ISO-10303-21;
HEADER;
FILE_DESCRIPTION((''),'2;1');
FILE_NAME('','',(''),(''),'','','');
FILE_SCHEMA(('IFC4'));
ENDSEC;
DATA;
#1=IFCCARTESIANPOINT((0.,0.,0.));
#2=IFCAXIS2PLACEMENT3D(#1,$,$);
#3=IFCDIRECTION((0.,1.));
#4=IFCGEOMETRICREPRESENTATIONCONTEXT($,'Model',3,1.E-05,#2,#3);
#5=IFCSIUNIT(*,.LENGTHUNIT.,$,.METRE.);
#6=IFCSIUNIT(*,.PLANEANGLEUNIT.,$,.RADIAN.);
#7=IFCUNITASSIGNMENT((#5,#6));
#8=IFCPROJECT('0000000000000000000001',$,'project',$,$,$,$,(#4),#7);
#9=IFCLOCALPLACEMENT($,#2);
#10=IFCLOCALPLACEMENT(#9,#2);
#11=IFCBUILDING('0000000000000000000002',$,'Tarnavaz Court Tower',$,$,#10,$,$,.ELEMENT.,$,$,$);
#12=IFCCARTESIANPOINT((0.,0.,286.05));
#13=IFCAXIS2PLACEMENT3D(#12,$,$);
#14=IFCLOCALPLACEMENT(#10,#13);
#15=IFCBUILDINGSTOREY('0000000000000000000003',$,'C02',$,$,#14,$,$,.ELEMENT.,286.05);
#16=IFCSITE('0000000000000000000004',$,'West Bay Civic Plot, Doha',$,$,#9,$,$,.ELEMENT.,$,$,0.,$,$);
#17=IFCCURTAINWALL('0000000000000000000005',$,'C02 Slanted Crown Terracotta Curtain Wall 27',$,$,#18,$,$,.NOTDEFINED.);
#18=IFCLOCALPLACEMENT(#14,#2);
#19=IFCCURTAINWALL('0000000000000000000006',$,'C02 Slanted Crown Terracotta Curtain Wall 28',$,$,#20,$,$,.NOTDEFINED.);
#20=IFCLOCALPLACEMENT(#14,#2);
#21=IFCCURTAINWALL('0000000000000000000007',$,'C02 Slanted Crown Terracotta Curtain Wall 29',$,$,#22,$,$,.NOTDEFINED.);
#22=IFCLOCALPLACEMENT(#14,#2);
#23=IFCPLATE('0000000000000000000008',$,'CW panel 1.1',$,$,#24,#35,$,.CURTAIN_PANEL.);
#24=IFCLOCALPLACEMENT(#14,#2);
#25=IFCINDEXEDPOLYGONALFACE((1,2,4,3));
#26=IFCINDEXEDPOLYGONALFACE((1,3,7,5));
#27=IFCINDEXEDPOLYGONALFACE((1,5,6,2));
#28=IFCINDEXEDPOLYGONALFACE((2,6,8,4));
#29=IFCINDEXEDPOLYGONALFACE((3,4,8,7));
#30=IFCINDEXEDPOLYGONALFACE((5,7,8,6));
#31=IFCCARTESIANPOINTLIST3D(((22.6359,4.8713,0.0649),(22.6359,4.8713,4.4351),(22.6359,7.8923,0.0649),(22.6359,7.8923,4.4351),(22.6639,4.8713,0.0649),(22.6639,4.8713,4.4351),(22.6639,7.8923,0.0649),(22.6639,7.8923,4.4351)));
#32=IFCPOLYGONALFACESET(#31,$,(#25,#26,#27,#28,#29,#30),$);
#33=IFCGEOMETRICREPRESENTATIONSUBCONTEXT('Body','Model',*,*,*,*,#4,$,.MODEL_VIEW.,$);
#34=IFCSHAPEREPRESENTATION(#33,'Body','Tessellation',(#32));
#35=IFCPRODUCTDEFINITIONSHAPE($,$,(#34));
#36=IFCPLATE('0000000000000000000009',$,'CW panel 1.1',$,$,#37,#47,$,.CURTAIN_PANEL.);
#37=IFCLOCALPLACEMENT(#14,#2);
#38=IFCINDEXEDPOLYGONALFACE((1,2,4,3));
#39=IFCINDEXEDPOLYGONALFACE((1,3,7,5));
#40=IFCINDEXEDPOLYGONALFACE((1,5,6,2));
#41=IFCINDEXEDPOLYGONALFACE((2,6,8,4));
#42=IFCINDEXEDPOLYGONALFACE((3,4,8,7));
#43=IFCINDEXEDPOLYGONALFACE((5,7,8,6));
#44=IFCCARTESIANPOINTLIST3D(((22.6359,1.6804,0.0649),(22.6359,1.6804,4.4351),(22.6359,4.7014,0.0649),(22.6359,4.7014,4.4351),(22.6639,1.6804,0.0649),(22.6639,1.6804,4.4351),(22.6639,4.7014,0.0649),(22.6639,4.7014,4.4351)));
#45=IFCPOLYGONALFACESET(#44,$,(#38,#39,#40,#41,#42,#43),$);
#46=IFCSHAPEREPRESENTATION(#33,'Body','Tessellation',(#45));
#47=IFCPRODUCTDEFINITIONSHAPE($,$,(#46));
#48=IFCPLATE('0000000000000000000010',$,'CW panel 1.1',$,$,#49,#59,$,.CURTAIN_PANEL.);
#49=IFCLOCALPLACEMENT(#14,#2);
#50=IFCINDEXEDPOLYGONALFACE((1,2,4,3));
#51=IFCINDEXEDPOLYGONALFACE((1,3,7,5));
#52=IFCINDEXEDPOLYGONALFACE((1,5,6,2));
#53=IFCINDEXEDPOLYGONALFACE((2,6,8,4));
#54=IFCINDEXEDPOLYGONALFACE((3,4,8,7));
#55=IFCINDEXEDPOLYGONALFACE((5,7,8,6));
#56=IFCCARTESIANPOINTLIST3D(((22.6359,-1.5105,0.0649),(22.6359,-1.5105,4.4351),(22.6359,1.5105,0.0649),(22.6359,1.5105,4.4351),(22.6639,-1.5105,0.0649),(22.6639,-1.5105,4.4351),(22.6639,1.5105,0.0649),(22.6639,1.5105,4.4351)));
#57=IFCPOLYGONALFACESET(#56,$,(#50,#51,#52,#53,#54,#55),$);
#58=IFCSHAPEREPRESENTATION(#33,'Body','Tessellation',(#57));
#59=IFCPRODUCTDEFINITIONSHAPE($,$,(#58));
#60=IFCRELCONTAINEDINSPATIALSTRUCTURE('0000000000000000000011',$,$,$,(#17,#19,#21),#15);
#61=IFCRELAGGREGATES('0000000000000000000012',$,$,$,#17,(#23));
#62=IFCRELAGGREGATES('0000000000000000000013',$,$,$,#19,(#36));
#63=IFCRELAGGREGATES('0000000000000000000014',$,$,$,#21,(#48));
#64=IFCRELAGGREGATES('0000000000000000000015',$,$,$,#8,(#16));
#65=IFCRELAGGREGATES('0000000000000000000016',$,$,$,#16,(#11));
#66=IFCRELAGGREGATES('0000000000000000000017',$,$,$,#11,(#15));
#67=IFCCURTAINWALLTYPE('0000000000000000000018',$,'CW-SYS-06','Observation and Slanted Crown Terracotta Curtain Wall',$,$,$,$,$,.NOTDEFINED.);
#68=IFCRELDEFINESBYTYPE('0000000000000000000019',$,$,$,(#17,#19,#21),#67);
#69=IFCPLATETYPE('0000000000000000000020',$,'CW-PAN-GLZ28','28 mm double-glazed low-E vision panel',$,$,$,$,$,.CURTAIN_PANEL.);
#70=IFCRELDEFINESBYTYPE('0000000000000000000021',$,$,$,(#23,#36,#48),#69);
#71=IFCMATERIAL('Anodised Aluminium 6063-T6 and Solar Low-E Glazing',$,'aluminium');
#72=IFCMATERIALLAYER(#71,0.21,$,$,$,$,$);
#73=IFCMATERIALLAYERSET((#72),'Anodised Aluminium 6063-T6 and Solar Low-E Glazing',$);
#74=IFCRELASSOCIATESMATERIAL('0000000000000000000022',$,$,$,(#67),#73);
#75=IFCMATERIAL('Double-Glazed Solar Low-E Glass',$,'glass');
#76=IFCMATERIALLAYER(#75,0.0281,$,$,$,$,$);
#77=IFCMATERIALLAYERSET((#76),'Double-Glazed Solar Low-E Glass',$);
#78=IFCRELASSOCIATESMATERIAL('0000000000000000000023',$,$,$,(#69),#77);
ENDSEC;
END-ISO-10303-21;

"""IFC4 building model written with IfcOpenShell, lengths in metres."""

from ifc_helpers import new_model, si_unit, direction, frame, origin, origin_2d, place, context, subcontext, project, spatial, rectangle, extrude, material, layer, layer_set, type_object, element, aggregate, save


model = new_model("IFC4")

# Units and contexts
model_context = context("Model", 3, precision=1e-05, world=origin(), true_north=direction((0.0, 1.0)))
body_context = subcontext(model_context, "Body", "Model", "MODEL_VIEW")
ifc_project = project(units=[si_unit("LENGTHUNIT", "METRE"), si_unit("PLANEANGLEUNIT", "RADIAN")], contexts=[model_context])

# Site, building, storey
site_placement = place(None, origin())
site = spatial("IfcSite", under=ifc_project, at=site_placement, Name="West Bay Civic Plot, Doha", CompositionType="ELEMENT", RefElevation=0.0)
building_placement = place(site_placement, origin())
building = spatial("IfcBuilding", under=site, at=building_placement, Name="Tarnavaz Court Tower", CompositionType="ELEMENT")
storey_placement = place(building_placement, frame((0.0, 0.0, 286.05)))
storey = spatial("IfcBuildingStorey", under=building, at=storey_placement, Name="C02", CompositionType="ELEMENT", Elevation=286.05)

# Shared definitions
ifc_material_1 = material(Name="Anodised Aluminium 6063-T6 and Solar Low-E Glazing", Category="aluminium")
ifc_layer_1 = layer(ifc_material_1, 0.21)
ifc_layer_set_1 = layer_set([ifc_layer_1], Name="Anodised Aluminium 6063-T6 and Solar Low-E Glazing")
curtain_wall_type = type_object("IfcCurtainWallType", Name="CW-SYS-06", Description="Observation and Slanted Crown Terracotta Curtain Wall", PredefinedType="NOTDEFINED", material=ifc_layer_set_1)

# Curtain walls
curtain_wall_1_placement = place(storey_placement, origin())
curtain_wall_1 = element("IfcCurtainWall", 1, at=curtain_wall_1_placement, inside=storey, type_object=curtain_wall_type, Name="C02 Slanted Crown Terracotta Curtain Wall 27", PredefinedType="NOTDEFINED")
curtain_wall_2_placement = place(storey_placement, origin())
curtain_wall_2 = element("IfcCurtainWall", 2, at=curtain_wall_2_placement, inside=storey, type_object=curtain_wall_type, Name="C02 Slanted Crown Terracotta Curtain Wall 28", PredefinedType="NOTDEFINED")

# Curtain wall
curtain_wall_3_placement = place(storey_placement, origin())
curtain_wall_3 = element("IfcCurtainWall", 3, at=curtain_wall_3_placement, inside=storey, type_object=curtain_wall_type, Name="C02 Slanted Crown Terracotta Curtain Wall 29", PredefinedType="NOTDEFINED")

# Plates
ifc_material_2 = material(Name="Double-Glazed Solar Low-E Glass", Category="glass")
ifc_layer_2 = layer(ifc_material_2, 0.0281)
ifc_layer_set_2 = layer_set([ifc_layer_2], Name="Double-Glazed Solar Low-E Glass")
plate_type = type_object("IfcPlateType", Name="CW-PAN-GLZ28", Description="28 mm double-glazed low-E vision panel", PredefinedType="CURTAIN_PANEL", material=ifc_layer_set_2)
plate_1_placement = place(storey_placement, frame((22.6499, 6.3818, 0.0649), z_axis=(0.0, 0.0, 1.0), x_axis=(0.0, -1.0, 0.0)))
plate_1 = element("IfcPlate", 4, at=plate_1_placement, type_object=plate_type, Name="CW panel 1.1", PredefinedType="CURTAIN_PANEL", context=body_context, shape_type="SweptSolid", body=[
    extrude(rectangle(XDim=3.021, YDim=0.0281, at=origin_2d()), origin(), (0.0, 0.0, 1.0), 4.3701),
])
aggregate(curtain_wall_1, [plate_1])
plate_2_placement = place(storey_placement, frame((22.6499, 3.1909, 0.0649), z_axis=(0.0, 0.0, 1.0), x_axis=(0.0, -1.0, 0.0)))
plate_2 = element("IfcPlate", 5, at=plate_2_placement, type_object=plate_type, Name="CW panel 1.1", PredefinedType="CURTAIN_PANEL", context=body_context, shape_type="SweptSolid", body=[
    extrude(rectangle(XDim=3.021, YDim=0.0281, at=origin_2d()), origin(), (0.0, 0.0, 1.0), 4.3701),
])
aggregate(curtain_wall_2, [plate_2])
plate_3_placement = place(storey_placement, frame((22.6499, 0.0, 0.0649), z_axis=(0.0, 0.0, 1.0), x_axis=(0.0, -1.0, 0.0)))
plate_3 = element("IfcPlate", 6, at=plate_3_placement, type_object=plate_type, Name="CW panel 1.1", PredefinedType="CURTAIN_PANEL", context=body_context, shape_type="SweptSolid", body=[
    extrude(rectangle(XDim=3.021, YDim=0.0281, at=origin_2d()), origin(), (0.0, 0.0, 1.0), 4.3701),
])
aggregate(curtain_wall_3, [plate_3])

save(model, "model.ifc")
